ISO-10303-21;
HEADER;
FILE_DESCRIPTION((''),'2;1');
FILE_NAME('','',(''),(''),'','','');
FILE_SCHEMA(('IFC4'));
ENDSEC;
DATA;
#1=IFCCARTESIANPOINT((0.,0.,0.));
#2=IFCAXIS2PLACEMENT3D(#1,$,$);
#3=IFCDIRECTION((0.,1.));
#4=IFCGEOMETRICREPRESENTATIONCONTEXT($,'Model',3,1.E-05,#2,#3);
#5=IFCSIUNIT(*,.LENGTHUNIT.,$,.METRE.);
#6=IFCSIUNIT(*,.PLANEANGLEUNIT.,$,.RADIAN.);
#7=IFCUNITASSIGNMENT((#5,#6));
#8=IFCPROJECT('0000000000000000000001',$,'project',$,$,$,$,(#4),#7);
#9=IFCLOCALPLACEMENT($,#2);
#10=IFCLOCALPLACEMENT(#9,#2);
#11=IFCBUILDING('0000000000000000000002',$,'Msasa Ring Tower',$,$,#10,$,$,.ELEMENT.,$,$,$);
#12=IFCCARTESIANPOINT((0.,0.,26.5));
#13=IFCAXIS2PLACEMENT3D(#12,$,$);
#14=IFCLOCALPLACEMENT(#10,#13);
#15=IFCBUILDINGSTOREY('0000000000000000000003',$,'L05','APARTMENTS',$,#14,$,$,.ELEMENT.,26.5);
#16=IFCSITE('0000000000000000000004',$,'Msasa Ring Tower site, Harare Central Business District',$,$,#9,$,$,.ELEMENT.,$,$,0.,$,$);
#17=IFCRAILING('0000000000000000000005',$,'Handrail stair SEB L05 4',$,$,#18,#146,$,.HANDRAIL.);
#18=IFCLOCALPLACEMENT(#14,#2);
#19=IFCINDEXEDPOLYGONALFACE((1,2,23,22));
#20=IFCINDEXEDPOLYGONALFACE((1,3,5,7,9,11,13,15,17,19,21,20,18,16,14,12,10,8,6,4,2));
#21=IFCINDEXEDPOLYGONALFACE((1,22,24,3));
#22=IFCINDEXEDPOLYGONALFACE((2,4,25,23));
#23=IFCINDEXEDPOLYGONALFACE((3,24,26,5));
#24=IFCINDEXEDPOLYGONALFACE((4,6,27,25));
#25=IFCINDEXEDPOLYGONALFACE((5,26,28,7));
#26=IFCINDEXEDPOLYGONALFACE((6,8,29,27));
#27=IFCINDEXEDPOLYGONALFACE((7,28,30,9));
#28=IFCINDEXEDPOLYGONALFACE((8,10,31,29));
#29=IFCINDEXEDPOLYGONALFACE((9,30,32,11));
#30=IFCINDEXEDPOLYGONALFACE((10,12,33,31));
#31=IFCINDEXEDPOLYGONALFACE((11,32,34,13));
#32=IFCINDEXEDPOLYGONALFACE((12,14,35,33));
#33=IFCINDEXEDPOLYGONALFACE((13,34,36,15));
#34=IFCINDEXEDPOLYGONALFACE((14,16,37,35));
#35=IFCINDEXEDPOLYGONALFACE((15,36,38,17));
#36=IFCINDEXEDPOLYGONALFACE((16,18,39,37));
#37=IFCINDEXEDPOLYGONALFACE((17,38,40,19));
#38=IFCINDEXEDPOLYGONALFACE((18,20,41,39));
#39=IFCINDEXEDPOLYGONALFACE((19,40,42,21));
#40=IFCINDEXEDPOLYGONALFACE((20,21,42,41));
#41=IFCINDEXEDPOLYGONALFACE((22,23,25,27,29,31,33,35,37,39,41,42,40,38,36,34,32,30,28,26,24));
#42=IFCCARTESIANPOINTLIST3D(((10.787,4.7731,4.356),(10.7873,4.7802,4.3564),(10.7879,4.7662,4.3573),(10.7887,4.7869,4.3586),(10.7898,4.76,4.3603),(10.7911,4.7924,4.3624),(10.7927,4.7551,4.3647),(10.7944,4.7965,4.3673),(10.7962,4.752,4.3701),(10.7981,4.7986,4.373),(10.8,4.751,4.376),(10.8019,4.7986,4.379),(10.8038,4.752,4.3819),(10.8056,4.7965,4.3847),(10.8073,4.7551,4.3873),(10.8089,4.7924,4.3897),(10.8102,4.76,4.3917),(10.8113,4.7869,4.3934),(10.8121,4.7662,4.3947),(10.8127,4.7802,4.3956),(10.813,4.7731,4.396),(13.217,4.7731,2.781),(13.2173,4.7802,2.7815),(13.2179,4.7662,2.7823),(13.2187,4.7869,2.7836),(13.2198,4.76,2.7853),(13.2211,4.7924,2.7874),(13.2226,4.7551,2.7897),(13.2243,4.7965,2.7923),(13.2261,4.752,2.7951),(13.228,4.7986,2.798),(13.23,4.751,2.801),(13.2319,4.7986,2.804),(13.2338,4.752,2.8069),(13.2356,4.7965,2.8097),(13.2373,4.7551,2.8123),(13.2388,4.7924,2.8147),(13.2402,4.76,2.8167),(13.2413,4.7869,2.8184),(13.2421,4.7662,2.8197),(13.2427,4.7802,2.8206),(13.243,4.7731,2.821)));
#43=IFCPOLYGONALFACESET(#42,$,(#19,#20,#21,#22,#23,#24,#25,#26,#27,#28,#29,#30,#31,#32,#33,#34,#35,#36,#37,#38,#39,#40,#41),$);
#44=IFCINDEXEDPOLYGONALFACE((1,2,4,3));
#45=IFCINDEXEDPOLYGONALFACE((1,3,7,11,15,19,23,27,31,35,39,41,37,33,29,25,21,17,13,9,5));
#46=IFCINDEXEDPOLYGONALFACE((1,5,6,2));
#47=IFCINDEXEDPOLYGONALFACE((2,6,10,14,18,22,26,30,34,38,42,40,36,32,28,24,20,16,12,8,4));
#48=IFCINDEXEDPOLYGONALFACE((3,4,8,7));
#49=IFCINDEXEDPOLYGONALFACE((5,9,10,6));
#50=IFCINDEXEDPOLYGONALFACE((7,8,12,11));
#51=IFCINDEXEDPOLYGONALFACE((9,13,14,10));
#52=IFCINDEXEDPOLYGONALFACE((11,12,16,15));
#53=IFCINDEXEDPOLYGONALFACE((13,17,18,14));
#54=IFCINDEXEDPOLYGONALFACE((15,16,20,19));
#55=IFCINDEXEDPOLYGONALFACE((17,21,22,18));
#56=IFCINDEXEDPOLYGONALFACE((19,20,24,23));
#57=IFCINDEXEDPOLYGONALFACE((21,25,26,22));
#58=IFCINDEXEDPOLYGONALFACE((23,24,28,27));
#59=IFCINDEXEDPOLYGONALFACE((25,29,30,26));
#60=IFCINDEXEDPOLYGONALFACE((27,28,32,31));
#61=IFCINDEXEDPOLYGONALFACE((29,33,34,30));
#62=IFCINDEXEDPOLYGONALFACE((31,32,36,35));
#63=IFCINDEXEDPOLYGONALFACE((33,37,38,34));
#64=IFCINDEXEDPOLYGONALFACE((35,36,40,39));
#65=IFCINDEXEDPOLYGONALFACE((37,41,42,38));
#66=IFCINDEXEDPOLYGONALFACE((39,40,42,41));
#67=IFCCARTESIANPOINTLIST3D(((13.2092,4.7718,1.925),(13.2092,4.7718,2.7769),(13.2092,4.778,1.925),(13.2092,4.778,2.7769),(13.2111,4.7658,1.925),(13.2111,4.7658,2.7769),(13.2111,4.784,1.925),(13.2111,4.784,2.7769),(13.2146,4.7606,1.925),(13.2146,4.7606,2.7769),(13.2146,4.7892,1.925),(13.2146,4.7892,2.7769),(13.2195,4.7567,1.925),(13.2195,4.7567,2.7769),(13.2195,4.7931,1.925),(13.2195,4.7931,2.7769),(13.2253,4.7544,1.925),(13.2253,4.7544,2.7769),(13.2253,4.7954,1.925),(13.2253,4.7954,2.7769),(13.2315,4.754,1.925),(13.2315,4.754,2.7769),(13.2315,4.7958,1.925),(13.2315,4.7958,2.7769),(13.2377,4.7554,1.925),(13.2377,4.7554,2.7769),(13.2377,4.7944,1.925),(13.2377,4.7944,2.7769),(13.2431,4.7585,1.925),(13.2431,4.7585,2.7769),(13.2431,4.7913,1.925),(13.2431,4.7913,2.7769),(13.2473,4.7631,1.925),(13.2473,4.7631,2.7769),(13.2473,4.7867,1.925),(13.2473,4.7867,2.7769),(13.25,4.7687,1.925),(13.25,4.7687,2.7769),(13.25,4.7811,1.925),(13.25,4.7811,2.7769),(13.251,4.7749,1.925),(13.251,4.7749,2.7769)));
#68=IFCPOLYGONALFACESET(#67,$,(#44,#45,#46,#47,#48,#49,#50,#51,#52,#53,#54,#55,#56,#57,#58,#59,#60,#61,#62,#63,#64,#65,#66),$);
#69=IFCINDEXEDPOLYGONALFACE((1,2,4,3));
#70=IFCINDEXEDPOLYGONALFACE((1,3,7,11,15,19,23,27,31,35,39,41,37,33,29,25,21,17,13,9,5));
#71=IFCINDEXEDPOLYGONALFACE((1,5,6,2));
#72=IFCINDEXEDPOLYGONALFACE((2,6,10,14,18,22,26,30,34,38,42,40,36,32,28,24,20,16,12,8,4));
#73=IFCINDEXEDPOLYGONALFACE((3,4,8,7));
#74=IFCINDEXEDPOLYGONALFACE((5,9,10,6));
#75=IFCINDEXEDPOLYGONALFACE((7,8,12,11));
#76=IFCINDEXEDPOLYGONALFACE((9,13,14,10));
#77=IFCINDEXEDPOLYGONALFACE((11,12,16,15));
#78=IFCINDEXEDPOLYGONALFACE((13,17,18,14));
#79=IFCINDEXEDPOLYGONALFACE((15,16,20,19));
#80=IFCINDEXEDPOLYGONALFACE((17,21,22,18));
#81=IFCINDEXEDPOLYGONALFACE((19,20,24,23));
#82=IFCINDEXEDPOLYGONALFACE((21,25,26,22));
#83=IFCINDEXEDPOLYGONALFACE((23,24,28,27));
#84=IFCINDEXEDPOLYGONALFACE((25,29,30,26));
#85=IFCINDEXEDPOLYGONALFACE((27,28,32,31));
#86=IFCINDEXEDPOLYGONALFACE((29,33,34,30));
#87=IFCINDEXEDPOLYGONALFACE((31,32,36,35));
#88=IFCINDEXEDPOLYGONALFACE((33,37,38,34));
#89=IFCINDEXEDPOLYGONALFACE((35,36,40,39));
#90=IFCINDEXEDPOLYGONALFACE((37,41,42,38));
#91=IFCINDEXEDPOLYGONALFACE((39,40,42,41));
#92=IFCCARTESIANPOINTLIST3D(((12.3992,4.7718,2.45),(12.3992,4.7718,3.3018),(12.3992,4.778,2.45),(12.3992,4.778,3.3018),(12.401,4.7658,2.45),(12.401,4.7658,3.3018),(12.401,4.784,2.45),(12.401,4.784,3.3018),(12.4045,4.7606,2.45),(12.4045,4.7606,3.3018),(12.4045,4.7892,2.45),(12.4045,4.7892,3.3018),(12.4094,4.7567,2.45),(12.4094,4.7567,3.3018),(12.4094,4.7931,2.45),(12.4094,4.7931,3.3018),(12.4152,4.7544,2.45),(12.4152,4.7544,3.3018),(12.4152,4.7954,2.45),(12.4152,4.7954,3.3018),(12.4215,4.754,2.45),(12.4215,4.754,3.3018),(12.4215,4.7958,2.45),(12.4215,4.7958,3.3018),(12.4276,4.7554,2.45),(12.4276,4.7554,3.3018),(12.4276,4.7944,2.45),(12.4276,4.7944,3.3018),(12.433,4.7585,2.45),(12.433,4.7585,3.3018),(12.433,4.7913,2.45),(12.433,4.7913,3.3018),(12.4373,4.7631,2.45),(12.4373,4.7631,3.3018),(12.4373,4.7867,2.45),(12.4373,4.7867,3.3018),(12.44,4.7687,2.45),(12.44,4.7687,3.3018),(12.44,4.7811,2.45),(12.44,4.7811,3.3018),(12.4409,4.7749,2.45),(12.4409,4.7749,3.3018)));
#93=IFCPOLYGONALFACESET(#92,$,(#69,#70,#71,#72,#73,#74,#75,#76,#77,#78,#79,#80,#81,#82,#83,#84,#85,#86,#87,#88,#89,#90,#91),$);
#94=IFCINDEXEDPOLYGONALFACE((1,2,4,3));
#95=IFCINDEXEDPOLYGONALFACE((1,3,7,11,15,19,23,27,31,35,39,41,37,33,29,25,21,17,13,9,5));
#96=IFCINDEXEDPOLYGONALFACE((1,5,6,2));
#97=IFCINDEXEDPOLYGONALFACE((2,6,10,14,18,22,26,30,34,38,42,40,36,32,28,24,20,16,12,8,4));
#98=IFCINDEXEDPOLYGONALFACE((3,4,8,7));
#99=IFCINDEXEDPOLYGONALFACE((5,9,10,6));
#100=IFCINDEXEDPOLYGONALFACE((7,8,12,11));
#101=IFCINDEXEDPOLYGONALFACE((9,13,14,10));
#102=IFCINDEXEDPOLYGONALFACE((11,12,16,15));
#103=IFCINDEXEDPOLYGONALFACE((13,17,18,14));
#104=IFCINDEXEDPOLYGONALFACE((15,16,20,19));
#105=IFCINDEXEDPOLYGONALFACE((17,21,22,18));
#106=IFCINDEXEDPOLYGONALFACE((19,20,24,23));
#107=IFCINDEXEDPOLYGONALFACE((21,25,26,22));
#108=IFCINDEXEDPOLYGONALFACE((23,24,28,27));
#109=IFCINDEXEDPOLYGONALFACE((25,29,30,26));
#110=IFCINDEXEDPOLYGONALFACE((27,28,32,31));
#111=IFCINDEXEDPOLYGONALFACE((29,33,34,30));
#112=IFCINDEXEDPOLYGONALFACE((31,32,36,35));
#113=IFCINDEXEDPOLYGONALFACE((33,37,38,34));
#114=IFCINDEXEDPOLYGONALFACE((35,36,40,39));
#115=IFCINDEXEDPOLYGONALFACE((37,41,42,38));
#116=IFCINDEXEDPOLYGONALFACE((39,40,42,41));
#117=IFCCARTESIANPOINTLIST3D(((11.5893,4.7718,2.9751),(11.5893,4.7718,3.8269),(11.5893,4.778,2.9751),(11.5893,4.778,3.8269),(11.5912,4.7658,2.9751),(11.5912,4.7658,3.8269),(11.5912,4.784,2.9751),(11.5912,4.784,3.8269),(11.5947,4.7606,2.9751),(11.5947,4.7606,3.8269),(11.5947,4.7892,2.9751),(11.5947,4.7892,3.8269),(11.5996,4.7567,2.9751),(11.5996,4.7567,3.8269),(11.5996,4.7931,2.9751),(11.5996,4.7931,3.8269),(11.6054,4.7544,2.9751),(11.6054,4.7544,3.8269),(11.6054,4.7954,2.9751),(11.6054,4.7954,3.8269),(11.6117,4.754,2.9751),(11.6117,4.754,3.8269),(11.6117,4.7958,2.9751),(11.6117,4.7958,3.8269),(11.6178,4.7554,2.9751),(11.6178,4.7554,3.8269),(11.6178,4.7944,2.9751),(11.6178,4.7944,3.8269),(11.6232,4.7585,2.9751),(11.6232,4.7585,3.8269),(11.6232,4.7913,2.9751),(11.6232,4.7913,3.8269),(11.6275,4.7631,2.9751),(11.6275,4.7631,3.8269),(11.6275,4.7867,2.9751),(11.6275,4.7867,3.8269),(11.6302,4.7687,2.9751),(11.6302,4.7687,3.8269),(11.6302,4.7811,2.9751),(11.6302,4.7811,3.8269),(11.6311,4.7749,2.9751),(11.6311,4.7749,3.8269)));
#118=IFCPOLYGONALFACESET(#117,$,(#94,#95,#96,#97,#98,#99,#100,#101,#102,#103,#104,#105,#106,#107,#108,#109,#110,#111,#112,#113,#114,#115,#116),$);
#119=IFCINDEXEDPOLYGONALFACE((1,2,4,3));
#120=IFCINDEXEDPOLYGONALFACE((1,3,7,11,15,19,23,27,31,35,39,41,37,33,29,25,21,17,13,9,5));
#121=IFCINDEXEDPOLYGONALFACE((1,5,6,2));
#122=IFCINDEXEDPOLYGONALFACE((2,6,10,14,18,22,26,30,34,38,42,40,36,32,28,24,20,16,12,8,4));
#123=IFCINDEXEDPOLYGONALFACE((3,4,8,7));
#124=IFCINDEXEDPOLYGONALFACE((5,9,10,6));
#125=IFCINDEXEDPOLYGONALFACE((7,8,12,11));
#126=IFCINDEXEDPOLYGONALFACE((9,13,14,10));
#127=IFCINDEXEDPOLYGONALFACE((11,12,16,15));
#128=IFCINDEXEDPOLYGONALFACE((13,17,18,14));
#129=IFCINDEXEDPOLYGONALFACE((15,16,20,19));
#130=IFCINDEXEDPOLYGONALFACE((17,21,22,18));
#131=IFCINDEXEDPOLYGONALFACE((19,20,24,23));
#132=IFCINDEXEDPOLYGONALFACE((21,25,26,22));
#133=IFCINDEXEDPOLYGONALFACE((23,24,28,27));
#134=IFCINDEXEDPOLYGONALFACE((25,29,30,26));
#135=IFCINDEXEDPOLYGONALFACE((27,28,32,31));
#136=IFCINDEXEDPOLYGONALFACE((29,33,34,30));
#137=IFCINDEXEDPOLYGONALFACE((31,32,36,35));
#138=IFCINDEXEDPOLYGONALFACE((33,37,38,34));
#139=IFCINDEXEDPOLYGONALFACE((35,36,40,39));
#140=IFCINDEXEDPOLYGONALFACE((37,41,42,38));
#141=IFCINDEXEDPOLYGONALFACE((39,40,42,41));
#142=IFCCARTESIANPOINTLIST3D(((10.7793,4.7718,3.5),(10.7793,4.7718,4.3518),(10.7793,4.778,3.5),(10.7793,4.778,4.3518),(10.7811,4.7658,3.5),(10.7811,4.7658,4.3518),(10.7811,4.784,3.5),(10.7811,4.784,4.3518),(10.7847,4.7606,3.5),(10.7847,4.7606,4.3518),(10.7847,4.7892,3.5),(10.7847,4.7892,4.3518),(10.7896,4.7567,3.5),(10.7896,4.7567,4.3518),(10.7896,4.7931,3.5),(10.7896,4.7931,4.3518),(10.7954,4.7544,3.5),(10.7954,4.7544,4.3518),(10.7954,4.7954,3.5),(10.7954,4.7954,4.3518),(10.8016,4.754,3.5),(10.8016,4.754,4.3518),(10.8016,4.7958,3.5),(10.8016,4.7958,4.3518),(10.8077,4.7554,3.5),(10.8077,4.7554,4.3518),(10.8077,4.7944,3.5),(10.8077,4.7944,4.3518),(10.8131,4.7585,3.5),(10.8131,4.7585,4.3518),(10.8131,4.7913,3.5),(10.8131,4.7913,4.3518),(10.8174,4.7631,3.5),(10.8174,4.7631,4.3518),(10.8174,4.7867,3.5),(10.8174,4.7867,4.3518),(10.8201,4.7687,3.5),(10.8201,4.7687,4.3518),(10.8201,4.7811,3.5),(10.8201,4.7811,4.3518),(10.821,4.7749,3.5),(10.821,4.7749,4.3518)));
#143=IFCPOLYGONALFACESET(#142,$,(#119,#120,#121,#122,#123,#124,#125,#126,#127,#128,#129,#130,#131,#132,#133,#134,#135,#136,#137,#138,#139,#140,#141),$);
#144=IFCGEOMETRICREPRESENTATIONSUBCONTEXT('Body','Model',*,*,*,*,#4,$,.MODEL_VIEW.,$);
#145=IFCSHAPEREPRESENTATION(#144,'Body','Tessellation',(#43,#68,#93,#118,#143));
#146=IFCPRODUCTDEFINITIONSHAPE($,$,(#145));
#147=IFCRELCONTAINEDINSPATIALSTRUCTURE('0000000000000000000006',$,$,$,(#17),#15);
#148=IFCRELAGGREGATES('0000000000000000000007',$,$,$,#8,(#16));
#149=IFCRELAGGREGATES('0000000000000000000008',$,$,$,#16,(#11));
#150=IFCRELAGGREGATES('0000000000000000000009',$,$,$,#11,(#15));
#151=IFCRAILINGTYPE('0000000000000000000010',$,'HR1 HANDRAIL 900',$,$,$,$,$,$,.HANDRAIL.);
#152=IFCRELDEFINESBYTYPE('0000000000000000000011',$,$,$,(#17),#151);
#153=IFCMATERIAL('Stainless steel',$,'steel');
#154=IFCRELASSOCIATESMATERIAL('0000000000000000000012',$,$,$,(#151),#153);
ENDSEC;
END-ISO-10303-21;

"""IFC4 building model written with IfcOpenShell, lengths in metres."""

from ifc_helpers import new_model, si_unit, direction, frame, origin, origin_2d, place, context, subcontext, project, spatial, circle, extrude, material, type_object, element, save


model = new_model("IFC4")

# Units and contexts
model_context = context("Model", 3, precision=1e-05, world=origin(), true_north=direction((0.0, 1.0)))
body_context = subcontext(model_context, "Body", "Model", "MODEL_VIEW")
ifc_project = project(units=[si_unit("LENGTHUNIT", "METRE"), si_unit("PLANEANGLEUNIT", "RADIAN")], contexts=[model_context])

# Site, building, storey
site_placement = place(None, origin())
site = spatial("IfcSite", under=ifc_project, at=site_placement, Name="Msasa Ring Tower site, Harare Central Business District", CompositionType="ELEMENT", RefElevation=0.0)
building_placement = place(site_placement, origin())
building = spatial("IfcBuilding", under=site, at=building_placement, Name="Msasa Ring Tower", CompositionType="ELEMENT")
storey_placement = place(building_placement, frame((0.0, 0.0, 26.5)))
storey = spatial("IfcBuildingStorey", under=building, at=storey_placement, Name="L05", Description="APARTMENTS", CompositionType="ELEMENT", Elevation=26.5)

# Railing
ifc_material_1 = material(Name="Stainless steel", Category="steel")
railing_type = type_object("IfcRailingType", Name="HR1 HANDRAIL 900", PredefinedType="HANDRAIL", material=ifc_material_1)
for number, where, name in (
    (1, (13.23, 4.7749, 1.925), "Handrail stair SEB L05 4"),
):
    element("IfcRailing", number, at=place(storey_placement, frame(where)), inside=storey, type_object=railing_type, Name=name, PredefinedType="HANDRAIL", context=body_context, shape_type="SweptSolid", body=[
        extrude(circle(Radius=0.0239, at=origin_2d()), frame((0.0, 0.0, 0.876), z_axis=(-0.839154, 0.0, 0.543894), x_axis=(0.0, -1.0, 0.0)), (0.0, 0.0, 1.0), 2.8958),
        extrude(circle(Radius=0.021, at=origin_2d()), origin(), (0.0, 0.0, 1.0), 0.8518),
        extrude(circle(Radius=0.021, at=origin_2d()), frame((-0.8101, 0.0, 0.5249)), (0.0, 0.0, 1.0), 0.8518),
        extrude(circle(Radius=0.021, at=origin_2d()), frame((-1.6199, 0.0, 1.05)), (0.0, 0.0, 1.0), 0.8518),
        extrude(circle(Radius=0.021, at=origin_2d()), frame((-2.4299, 0.0, 1.575)), (0.0, 0.0, 1.0), 0.8518),
    ])

save(model, "model.ifc")
